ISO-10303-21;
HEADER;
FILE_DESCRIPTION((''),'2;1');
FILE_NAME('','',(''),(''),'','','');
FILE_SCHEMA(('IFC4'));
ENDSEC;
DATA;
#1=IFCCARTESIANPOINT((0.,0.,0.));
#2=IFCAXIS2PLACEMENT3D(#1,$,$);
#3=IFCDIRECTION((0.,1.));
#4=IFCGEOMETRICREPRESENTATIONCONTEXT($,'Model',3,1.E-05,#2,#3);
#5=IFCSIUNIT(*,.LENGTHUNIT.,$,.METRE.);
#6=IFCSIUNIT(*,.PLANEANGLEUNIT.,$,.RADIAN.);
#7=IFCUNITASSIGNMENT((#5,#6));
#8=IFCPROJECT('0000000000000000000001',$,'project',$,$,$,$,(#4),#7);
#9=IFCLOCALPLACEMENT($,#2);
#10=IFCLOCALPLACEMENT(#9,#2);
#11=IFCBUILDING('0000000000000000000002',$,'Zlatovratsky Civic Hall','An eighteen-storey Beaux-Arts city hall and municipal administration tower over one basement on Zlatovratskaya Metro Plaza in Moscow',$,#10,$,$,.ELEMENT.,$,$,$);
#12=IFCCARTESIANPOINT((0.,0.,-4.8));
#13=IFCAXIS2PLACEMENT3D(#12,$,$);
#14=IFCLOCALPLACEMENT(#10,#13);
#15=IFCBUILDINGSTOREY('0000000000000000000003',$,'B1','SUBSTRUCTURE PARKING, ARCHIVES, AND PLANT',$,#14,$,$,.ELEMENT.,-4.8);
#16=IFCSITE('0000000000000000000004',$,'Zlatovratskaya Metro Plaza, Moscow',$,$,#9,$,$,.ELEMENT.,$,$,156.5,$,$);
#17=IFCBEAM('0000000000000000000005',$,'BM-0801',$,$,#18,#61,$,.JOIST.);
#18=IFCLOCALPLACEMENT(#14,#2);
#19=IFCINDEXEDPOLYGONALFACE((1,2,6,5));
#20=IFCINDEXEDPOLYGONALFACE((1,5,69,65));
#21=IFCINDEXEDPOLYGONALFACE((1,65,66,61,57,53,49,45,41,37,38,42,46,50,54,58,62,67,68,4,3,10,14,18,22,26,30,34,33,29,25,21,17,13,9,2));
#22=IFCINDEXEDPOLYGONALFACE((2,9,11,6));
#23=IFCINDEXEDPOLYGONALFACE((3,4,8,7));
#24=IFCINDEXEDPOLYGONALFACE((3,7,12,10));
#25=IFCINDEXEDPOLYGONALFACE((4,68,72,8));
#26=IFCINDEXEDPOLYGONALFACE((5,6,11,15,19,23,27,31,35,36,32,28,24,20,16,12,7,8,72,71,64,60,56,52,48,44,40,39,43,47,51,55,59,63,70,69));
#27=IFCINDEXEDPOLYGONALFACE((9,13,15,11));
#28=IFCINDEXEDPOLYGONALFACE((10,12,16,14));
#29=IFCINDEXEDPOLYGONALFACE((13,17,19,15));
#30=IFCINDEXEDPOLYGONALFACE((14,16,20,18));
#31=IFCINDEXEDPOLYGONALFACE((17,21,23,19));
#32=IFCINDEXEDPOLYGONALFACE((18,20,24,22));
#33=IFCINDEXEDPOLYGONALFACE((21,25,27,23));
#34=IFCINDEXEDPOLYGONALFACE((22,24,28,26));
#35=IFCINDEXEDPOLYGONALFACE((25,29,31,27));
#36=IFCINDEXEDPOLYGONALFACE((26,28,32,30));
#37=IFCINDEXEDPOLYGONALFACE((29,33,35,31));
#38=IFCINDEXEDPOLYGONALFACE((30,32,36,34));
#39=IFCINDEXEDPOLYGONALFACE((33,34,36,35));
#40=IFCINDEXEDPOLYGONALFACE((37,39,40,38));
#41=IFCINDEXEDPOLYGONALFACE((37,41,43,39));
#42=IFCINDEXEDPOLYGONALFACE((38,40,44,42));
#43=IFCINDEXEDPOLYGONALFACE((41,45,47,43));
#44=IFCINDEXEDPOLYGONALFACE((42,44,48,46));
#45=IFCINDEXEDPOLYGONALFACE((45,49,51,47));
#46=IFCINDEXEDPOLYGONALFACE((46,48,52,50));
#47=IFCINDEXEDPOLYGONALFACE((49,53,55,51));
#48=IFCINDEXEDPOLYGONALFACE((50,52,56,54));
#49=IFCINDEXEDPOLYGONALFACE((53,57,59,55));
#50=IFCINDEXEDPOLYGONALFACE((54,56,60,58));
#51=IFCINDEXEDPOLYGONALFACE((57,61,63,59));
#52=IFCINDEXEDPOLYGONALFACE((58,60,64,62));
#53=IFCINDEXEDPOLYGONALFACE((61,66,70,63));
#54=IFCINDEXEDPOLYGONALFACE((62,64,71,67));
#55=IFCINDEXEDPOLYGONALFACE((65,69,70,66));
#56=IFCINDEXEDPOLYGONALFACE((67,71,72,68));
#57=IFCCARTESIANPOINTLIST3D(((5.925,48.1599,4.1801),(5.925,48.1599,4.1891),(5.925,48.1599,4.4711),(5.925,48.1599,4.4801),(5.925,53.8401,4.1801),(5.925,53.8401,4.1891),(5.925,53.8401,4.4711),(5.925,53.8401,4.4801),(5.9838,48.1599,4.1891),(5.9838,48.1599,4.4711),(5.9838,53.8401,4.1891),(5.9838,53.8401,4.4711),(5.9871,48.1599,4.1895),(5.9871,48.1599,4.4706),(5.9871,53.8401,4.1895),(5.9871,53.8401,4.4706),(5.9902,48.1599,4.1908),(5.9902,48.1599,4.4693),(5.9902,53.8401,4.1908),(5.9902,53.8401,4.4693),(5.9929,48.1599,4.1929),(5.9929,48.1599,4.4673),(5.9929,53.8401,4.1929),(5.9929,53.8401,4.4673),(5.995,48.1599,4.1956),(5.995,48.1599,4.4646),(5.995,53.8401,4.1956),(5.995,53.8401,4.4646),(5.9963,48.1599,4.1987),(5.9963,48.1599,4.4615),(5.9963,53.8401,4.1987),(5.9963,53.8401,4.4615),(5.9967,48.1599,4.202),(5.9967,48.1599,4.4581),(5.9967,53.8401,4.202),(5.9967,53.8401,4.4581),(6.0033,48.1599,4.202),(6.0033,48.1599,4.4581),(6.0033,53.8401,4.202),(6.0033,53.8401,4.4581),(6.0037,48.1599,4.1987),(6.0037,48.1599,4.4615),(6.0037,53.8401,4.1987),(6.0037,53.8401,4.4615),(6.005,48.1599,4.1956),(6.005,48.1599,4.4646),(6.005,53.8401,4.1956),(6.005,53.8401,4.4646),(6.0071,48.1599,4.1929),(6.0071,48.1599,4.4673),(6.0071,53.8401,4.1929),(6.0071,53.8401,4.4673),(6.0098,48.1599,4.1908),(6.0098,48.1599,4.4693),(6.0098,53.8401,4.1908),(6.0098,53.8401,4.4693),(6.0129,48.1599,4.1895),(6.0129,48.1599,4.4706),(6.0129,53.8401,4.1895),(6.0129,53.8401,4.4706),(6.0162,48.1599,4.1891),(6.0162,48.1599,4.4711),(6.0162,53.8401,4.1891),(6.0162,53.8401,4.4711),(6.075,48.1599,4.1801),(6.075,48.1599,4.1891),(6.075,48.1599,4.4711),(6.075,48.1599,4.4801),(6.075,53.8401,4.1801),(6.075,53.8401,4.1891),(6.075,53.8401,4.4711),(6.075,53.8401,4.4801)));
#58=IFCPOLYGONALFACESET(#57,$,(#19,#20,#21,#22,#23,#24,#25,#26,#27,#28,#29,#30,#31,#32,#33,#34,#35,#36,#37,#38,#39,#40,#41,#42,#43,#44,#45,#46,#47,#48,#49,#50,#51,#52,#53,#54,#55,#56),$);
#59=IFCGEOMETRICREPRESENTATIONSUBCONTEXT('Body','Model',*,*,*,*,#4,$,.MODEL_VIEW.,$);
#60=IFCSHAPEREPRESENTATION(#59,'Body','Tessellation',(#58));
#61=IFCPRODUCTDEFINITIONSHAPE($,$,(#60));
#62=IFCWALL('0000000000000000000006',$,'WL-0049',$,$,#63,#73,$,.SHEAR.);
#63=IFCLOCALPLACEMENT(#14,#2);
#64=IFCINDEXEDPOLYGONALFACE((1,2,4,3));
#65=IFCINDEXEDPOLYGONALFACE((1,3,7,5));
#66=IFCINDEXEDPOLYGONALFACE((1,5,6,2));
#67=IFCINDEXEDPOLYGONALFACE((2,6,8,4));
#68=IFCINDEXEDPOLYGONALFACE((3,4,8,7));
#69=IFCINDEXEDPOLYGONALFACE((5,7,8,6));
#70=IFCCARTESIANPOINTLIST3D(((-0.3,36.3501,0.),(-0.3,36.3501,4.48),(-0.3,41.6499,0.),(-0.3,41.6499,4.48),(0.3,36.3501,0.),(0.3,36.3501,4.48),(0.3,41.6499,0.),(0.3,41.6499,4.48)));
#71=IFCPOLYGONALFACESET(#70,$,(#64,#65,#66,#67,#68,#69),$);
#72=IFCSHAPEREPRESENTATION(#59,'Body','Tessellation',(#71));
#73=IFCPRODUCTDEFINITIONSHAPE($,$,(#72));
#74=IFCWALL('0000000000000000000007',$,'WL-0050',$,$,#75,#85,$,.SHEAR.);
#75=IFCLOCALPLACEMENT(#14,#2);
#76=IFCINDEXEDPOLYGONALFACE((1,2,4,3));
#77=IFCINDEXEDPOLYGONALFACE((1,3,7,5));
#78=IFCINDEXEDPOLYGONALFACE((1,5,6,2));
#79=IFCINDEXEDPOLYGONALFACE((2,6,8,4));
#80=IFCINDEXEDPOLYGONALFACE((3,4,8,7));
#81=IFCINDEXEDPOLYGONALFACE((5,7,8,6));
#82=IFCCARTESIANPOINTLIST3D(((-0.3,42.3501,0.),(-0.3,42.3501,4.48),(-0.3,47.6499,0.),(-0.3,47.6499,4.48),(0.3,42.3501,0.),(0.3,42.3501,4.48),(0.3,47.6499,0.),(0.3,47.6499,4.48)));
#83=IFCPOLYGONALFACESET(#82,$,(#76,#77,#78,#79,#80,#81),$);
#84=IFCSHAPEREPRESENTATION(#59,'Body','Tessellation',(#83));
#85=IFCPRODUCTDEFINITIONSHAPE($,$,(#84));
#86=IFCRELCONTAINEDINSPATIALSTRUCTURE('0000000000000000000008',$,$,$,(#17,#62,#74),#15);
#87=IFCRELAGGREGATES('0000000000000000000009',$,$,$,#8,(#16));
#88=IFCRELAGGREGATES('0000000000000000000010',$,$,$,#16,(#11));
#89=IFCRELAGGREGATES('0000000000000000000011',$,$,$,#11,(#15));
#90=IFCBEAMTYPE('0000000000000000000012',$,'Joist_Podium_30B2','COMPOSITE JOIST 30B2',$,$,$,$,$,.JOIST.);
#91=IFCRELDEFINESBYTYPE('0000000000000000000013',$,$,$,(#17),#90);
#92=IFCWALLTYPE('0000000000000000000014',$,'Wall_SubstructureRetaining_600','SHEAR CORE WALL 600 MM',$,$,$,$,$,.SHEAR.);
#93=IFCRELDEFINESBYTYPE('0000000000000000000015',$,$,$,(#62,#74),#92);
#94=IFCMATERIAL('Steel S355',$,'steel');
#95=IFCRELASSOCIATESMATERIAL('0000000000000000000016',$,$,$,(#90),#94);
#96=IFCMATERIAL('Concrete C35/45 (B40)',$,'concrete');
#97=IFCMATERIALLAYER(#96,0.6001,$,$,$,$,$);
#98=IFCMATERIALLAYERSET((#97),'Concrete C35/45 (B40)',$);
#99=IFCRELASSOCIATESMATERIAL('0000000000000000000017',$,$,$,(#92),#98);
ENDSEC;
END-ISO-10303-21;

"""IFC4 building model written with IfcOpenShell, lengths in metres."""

from ifc_helpers import new_model, si_unit, direction, frame, frame_2d, origin, origin_2d, place, context, subcontext, project, spatial, rectangle, i_section, extrude, material, layer, layer_set, material_profile, profile_set, type_object, element, save


model = new_model("IFC4")

# Units and contexts
model_context = context("Model", 3, precision=1e-05, world=origin(), true_north=direction((0.0, 1.0)))
body_context = subcontext(model_context, "Body", "Model", "MODEL_VIEW")
ifc_project = project(units=[si_unit("LENGTHUNIT", "METRE"), si_unit("PLANEANGLEUNIT", "RADIAN")], contexts=[model_context])

# Site, building, storey
site_placement = place(None, origin())
site = spatial("IfcSite", under=ifc_project, at=site_placement, Name="Zlatovratskaya Metro Plaza, Moscow", CompositionType="ELEMENT", RefElevation=156.5)
building_placement = place(site_placement, origin())
building = spatial("IfcBuilding", under=site, at=building_placement, Name="Zlatovratsky Civic Hall", Description="An eighteen-storey Beaux-Arts city hall and municipal administration tower over one basement on Zlatovratskaya Metro Plaza in Moscow", CompositionType="ELEMENT")
storey_placement = place(building_placement, frame((0.0, 0.0, -4.8)))
storey = spatial("IfcBuildingStorey", under=building, at=storey_placement, Name="B1", Description="SUBSTRUCTURE PARKING, ARCHIVES, AND PLANT", CompositionType="ELEMENT", Elevation=-4.8)

# Shared definitions
ifc_material_1 = material(Name="Concrete C35/45 (B40)", Category="concrete")

# Beam
ifc_material_2 = material(Name="Steel S355", Category="steel")
ifc_material_profile_1 = material_profile(ifc_material_2, i_section(OverallWidth=0.1499, OverallDepth=0.3, WebThickness=0.0066, FlangeThickness=0.009, FilletRadius=0.0129, at=origin_2d()), Name="30B2")
ifc_profile_set_1 = profile_set([ifc_material_profile_1], Name="Steel S355")
beam_type_1 = type_object("IfcBeamType", Name="Joist_Podium_30B2", Description="COMPOSITE JOIST 30B2", PredefinedType="JOIST", material=ifc_profile_set_1)
for number, where, z_axis, x_axis, name in (
    (1, (6.0, 48.1599, 4.3301), (0.0, 1.0, 0.0), (-1.0, 0.0, 0.0), "BM-0801"),
):
    element("IfcBeam", number, at=place(storey_placement, frame(where, z_axis=z_axis, x_axis=x_axis)), inside=storey, type_object=beam_type_1, Name=name, PredefinedType="JOIST", context=body_context, shape_type="SweptSolid", body=[
        extrude(i_section(OverallWidth=0.1499, OverallDepth=0.3, WebThickness=0.0066, FlangeThickness=0.009, FilletRadius=0.0129, at=origin_2d()), origin(), (0.0, 0.0, 1.0), 5.6802),
    ])

# Walls
ifc_layer = layer(ifc_material_1, 0.6001)
ifc_layer_set = layer_set([ifc_layer], Name="Concrete C35/45 (B40)")
wall_type = type_object("IfcWallType", Name="Wall_SubstructureRetaining_600", Description="SHEAR CORE WALL 600 MM", PredefinedType="SHEAR", material=ifc_layer_set)
for number, where, z_axis, x_axis, name in (
    (2, (0.0, 36.3501, 0.0), (0.0, 0.0, 1.0), (0.0, 1.0, 0.0), "WL-0049"),
    (3, (0.0, 42.3501, 0.0), (0.0, 0.0, 1.0), (0.0, 1.0, 0.0), "WL-0050"),
):
    element("IfcWall", number, at=place(storey_placement, frame(where, z_axis=z_axis, x_axis=x_axis)), inside=storey, type_object=wall_type, Name=name, PredefinedType="SHEAR", context=body_context, shape_type="SweptSolid", body=[
        extrude(rectangle(XDim=5.2998, YDim=0.6001, at=frame_2d((2.6499, 0.0))), origin(), (0.0, 0.0, 1.0), 4.48),
    ])

save(model, "model.ifc")
